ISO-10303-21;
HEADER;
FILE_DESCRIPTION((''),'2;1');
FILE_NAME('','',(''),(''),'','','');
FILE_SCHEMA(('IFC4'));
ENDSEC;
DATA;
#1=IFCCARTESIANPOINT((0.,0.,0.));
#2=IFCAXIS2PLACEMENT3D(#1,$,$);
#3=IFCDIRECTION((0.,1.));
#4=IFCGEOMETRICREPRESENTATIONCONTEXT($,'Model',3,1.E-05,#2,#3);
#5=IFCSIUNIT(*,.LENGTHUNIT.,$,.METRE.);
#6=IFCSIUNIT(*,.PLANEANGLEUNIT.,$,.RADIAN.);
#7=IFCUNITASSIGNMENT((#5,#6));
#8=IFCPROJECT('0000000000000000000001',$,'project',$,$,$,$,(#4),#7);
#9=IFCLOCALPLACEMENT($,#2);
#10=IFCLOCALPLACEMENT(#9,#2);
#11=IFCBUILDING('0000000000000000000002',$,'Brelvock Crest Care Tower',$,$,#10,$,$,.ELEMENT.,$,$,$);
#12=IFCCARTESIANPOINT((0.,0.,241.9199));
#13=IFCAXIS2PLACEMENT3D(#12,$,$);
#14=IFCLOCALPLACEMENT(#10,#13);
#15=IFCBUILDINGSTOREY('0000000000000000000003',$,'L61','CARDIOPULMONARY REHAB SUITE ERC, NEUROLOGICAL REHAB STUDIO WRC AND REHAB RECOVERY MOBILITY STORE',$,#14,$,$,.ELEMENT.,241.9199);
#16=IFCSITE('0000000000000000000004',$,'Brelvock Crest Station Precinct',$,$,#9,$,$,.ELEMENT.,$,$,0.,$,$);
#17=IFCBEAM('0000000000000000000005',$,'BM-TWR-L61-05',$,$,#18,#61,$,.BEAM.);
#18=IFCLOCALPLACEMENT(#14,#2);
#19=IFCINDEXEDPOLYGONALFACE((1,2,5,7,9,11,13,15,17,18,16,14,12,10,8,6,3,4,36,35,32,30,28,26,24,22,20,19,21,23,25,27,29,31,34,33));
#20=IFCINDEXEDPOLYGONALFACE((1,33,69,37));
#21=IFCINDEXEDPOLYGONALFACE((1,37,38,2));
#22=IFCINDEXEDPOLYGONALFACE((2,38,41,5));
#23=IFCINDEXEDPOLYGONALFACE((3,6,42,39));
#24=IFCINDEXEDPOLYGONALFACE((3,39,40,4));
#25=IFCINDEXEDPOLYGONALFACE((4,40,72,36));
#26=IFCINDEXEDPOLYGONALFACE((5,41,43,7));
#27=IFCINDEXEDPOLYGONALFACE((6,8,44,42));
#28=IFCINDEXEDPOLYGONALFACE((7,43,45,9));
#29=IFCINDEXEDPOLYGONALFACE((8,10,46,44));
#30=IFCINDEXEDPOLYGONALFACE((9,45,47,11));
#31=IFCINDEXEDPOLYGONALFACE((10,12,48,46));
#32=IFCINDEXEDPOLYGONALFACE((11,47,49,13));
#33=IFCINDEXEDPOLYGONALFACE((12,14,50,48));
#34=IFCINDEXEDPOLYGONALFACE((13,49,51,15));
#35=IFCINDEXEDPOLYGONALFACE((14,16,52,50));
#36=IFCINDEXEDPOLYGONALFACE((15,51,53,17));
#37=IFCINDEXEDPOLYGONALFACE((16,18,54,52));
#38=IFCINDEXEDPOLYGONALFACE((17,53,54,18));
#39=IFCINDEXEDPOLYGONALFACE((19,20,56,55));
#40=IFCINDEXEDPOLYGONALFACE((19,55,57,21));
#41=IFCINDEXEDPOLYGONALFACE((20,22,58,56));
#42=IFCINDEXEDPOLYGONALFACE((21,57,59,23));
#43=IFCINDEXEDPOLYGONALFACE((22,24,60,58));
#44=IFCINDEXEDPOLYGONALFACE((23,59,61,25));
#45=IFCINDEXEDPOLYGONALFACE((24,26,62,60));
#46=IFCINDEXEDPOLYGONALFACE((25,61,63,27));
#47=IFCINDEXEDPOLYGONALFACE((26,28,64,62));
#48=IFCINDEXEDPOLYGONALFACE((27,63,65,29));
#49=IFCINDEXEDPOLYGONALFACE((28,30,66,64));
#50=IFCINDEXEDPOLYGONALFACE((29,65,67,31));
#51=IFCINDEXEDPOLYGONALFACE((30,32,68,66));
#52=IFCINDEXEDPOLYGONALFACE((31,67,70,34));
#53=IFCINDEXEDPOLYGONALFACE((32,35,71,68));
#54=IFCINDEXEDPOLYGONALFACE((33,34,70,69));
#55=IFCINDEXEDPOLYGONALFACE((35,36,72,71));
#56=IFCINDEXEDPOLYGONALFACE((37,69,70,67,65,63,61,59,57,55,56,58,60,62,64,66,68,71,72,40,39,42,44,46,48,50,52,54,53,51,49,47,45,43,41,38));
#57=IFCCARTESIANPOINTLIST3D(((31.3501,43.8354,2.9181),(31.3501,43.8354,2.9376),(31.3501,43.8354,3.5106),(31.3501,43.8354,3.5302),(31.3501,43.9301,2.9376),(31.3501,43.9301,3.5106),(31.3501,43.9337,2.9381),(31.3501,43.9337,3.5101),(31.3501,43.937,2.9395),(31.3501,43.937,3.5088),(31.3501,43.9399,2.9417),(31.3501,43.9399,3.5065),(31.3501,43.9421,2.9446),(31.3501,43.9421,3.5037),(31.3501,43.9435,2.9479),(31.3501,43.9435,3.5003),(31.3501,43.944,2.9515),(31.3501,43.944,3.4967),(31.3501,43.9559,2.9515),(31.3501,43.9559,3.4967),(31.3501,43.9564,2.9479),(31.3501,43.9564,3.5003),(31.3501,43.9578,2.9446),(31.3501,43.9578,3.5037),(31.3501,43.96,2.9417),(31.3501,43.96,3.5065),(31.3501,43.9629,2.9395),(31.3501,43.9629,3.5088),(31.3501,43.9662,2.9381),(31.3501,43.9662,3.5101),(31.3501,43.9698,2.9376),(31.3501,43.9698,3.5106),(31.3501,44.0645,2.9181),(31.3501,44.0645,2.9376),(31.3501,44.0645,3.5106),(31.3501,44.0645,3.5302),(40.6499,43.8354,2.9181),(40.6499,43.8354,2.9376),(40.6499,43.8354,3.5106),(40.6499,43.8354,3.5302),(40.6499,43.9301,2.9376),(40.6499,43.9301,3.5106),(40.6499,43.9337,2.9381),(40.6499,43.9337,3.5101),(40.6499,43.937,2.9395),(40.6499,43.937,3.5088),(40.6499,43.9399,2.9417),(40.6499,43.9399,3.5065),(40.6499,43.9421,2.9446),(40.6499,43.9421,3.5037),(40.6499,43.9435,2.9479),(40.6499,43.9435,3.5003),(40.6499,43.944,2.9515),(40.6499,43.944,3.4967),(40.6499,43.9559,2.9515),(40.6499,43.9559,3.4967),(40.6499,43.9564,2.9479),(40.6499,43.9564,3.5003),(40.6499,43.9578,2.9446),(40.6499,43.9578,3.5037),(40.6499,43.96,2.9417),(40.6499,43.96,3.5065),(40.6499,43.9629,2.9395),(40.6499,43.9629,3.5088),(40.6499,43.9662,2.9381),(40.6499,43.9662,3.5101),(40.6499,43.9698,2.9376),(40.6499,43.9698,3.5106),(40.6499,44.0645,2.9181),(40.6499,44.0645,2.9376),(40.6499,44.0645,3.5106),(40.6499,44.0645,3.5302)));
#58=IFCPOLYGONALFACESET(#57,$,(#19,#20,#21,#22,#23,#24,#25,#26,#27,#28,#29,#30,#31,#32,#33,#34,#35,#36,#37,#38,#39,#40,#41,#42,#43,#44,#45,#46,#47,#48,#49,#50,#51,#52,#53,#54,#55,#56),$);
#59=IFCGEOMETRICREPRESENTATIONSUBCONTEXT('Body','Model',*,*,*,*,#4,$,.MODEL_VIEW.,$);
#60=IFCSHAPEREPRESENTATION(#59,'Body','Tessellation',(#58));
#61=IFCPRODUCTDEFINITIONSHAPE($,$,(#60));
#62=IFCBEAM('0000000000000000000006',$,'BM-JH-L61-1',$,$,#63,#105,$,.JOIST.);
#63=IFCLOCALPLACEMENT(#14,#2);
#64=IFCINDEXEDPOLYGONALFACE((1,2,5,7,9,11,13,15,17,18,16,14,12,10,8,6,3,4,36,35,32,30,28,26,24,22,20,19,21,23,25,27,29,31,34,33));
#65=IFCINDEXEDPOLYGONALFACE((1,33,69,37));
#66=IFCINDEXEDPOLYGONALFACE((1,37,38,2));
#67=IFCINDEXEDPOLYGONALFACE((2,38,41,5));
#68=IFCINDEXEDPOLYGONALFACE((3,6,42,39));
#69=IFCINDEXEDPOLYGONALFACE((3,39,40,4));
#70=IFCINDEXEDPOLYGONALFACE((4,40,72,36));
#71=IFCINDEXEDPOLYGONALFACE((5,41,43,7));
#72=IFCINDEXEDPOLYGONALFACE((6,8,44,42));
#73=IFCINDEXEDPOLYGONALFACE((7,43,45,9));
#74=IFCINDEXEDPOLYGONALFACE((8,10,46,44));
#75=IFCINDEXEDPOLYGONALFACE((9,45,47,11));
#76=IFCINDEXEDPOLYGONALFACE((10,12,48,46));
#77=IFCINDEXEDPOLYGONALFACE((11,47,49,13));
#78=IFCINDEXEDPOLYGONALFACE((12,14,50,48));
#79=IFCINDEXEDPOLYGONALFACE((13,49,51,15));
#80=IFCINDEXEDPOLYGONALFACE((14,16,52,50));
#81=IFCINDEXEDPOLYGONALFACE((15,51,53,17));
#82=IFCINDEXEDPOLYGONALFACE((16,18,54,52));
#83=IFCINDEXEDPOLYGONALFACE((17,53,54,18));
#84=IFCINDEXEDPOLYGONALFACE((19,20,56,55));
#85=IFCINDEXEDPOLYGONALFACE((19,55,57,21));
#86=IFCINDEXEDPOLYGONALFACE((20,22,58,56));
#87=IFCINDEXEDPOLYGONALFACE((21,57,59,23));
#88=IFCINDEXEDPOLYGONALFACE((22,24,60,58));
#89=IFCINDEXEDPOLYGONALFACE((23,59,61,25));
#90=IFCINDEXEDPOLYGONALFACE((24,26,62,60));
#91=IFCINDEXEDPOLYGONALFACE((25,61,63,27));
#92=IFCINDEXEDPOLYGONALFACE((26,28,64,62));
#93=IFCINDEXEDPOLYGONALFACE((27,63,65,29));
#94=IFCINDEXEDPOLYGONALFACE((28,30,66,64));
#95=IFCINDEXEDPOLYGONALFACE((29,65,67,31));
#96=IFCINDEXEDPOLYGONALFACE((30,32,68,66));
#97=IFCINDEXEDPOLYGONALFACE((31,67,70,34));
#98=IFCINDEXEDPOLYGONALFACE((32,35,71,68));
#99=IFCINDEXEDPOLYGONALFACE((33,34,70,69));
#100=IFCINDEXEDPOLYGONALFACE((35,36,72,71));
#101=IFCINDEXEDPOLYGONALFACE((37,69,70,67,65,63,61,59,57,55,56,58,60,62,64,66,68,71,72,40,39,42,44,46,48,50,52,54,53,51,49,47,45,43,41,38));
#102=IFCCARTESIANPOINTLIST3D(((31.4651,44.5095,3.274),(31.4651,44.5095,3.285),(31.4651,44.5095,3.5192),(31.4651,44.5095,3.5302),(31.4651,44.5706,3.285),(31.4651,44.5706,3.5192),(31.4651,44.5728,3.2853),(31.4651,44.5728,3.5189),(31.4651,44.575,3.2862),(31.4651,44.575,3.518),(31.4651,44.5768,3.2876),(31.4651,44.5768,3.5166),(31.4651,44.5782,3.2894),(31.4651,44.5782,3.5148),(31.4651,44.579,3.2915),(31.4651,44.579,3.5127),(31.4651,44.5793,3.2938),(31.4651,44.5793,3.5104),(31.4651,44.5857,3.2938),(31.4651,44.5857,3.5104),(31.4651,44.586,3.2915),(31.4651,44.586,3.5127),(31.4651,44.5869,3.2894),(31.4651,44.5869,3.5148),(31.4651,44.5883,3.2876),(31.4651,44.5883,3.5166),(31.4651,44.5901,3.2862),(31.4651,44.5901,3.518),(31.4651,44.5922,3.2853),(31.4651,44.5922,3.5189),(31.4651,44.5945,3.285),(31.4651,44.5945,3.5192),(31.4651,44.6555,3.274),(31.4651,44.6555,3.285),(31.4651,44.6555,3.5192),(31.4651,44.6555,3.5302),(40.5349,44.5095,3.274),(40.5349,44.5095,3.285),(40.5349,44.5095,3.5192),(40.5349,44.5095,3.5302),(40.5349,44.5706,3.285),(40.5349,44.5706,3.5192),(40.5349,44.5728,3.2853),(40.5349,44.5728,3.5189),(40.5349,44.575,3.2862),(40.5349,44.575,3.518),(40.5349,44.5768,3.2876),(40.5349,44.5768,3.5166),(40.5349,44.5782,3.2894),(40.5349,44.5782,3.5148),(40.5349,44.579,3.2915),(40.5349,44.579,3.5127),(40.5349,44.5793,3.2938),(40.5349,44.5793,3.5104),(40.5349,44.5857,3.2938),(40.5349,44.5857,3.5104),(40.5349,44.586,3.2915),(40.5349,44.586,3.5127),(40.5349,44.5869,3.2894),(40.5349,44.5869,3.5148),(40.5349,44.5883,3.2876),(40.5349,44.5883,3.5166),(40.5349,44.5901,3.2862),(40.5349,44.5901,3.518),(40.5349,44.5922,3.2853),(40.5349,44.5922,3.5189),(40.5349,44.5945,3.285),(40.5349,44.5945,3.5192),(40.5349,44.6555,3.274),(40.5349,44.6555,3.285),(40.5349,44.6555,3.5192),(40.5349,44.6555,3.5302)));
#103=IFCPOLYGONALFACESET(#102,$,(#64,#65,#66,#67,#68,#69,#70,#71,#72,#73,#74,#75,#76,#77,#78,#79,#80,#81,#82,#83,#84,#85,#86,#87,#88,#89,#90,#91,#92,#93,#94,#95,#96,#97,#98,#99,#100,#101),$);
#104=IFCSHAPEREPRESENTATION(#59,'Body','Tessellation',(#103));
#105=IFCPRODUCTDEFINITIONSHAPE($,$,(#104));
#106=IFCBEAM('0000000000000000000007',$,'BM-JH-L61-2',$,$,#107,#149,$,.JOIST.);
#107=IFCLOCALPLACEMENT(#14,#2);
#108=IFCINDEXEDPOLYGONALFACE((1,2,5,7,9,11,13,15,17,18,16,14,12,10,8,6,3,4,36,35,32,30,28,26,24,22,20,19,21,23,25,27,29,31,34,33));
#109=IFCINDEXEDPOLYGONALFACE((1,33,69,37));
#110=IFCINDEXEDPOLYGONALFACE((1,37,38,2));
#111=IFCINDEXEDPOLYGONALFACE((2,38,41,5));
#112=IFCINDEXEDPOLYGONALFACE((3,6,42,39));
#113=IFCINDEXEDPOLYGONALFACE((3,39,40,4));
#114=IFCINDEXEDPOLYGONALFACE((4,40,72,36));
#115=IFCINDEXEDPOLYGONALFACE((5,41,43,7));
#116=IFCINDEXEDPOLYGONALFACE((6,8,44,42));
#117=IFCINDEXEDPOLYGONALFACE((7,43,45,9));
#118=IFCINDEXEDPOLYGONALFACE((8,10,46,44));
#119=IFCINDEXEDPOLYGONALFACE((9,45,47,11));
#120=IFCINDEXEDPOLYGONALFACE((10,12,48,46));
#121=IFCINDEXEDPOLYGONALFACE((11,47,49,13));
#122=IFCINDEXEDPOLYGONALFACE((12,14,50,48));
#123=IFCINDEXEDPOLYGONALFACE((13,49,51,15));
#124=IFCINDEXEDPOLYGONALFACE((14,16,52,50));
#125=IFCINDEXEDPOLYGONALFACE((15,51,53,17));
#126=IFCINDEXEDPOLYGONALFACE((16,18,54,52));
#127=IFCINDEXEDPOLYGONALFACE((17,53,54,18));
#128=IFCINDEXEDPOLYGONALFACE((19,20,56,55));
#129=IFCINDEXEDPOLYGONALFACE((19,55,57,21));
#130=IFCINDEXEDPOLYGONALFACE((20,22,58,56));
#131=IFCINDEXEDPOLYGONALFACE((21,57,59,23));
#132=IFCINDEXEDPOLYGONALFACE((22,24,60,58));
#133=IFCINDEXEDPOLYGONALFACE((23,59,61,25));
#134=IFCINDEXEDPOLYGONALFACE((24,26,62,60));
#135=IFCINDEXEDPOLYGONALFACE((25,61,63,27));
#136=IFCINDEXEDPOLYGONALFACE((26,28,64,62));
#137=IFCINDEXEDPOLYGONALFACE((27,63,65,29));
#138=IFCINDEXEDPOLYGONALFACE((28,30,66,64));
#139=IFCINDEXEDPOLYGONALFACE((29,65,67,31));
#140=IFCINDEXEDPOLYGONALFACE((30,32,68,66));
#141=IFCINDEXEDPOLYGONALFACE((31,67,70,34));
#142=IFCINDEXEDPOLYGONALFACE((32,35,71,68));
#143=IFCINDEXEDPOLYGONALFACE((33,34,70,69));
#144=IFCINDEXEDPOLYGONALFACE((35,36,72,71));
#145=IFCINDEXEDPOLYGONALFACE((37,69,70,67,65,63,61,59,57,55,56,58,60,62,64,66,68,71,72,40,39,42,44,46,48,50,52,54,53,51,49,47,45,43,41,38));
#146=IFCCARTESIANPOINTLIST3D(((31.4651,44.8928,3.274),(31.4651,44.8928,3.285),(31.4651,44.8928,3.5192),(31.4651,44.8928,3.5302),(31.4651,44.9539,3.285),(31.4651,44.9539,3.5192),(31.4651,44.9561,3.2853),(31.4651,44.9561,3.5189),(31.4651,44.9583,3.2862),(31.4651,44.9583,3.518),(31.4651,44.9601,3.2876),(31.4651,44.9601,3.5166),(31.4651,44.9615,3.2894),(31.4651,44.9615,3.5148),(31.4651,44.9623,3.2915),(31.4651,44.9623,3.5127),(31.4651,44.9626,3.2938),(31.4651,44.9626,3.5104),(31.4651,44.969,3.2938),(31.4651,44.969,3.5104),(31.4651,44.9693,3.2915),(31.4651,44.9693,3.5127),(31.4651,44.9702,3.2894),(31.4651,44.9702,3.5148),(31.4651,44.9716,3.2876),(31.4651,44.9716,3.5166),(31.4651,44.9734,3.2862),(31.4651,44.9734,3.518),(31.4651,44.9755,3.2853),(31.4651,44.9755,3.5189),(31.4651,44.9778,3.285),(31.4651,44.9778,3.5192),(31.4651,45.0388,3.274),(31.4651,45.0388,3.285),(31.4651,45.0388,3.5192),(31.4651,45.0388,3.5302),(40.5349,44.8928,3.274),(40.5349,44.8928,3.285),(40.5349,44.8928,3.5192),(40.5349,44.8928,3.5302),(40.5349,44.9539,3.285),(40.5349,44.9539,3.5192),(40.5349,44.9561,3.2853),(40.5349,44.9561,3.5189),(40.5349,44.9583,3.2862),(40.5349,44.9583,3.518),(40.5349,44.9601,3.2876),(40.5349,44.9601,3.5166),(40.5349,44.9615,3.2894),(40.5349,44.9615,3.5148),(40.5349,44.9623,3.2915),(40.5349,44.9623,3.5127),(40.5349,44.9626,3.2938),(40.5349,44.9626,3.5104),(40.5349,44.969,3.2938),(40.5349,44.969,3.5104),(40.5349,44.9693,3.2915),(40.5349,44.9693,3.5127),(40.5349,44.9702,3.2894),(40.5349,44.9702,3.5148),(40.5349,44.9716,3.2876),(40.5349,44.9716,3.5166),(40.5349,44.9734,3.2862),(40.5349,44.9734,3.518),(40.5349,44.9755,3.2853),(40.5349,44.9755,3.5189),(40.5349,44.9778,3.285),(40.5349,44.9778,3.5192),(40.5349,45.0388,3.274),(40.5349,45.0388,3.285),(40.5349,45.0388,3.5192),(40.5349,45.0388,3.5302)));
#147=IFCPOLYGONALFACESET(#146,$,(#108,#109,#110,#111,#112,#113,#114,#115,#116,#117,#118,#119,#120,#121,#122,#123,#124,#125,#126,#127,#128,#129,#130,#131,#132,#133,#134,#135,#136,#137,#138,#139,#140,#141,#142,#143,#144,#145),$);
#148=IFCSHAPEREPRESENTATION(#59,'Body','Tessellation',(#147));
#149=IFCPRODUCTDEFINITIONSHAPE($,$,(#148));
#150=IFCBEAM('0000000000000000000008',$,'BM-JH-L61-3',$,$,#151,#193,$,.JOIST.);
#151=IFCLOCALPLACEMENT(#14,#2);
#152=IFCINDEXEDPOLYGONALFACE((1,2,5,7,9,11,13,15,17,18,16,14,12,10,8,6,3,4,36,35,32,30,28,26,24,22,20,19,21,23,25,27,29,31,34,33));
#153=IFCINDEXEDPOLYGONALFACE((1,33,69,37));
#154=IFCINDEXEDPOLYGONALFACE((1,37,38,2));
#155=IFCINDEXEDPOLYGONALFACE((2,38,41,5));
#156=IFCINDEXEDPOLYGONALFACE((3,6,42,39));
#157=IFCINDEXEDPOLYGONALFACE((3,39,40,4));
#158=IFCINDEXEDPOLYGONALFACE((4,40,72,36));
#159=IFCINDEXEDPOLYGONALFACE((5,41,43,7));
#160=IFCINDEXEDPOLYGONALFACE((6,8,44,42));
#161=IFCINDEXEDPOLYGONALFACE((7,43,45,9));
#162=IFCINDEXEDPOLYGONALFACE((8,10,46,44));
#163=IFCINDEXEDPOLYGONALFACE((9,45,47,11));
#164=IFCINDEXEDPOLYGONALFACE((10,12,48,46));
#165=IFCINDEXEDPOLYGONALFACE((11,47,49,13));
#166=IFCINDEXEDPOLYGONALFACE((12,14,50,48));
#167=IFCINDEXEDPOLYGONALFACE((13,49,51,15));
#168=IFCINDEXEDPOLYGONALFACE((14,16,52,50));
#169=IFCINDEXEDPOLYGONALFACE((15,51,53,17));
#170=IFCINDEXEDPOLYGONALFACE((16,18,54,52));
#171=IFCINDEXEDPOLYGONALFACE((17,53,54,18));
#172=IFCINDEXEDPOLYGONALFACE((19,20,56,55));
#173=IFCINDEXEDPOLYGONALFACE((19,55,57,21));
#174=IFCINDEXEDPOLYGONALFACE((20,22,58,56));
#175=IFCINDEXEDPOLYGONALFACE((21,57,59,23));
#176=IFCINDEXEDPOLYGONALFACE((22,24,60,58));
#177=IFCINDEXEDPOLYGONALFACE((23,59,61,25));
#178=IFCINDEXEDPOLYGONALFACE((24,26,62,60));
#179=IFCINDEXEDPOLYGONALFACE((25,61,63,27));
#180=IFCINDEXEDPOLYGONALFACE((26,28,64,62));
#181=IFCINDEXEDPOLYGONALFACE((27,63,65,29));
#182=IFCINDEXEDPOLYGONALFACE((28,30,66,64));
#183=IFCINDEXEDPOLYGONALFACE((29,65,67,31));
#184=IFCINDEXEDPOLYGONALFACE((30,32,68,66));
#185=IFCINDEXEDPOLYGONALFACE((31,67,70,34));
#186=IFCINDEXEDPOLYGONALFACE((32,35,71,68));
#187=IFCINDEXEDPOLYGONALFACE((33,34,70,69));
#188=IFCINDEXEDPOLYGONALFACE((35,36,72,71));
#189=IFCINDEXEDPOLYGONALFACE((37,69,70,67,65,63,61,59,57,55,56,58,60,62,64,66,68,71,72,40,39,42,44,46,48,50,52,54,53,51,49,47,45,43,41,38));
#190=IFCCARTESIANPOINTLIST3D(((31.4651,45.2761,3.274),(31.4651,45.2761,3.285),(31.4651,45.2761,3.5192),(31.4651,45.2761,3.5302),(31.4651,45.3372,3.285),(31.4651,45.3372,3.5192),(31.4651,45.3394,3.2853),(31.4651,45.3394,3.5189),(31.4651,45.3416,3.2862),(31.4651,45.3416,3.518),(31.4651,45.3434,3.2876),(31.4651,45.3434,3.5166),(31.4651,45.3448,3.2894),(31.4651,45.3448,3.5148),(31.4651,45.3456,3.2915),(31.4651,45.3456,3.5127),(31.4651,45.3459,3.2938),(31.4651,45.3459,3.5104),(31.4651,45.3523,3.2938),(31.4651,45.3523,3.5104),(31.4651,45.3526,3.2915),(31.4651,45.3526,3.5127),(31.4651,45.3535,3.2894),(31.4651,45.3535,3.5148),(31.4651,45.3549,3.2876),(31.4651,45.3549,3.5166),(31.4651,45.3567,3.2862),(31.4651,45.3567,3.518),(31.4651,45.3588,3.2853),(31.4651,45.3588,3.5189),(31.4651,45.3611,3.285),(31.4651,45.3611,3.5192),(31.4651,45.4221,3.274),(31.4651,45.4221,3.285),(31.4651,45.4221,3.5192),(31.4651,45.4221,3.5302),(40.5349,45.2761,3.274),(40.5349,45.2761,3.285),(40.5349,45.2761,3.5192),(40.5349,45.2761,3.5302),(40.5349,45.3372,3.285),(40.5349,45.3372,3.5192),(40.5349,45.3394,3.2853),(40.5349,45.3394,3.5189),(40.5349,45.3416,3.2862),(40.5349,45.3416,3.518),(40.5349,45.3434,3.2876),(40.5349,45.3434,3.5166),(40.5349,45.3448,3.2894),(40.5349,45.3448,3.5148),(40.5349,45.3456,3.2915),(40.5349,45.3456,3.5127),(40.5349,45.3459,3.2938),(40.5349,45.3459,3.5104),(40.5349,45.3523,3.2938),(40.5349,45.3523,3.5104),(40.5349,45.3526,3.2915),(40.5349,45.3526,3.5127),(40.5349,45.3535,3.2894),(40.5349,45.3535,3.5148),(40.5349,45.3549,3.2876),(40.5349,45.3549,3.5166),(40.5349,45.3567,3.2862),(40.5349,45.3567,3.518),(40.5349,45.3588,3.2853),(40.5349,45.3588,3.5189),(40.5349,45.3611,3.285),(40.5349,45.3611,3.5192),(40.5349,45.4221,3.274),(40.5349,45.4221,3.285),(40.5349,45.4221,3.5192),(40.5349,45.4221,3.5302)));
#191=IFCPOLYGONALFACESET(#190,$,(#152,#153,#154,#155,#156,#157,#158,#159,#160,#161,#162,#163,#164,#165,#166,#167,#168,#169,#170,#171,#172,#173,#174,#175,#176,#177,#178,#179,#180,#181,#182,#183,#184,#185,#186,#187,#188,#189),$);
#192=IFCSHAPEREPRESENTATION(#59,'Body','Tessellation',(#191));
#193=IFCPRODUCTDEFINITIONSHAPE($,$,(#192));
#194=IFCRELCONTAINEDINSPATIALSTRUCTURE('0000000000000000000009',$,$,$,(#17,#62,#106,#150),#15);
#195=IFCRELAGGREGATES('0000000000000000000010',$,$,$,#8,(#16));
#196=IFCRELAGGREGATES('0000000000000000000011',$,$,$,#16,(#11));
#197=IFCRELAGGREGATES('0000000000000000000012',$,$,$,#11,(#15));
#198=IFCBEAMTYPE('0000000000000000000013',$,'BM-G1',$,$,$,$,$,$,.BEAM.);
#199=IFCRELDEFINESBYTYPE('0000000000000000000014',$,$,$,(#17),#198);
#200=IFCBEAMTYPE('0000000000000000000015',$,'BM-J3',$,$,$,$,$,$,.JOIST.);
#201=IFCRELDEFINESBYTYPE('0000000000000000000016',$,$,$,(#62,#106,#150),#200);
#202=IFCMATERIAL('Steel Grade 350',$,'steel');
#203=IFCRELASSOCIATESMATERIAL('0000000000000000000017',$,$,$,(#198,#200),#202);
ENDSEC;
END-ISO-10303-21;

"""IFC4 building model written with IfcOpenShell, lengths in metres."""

from ifc_helpers import new_model, si_unit, direction, frame, origin, origin_2d, place, context, subcontext, project, spatial, i_section, extrude, source, transform, mapped, material, material_profile, profile_set, type_object, element, save


model = new_model("IFC4")

# Units and contexts
model_context = context("Model", 3, precision=1e-05, world=origin(), true_north=direction((0.0, 1.0)))
body_context = subcontext(model_context, "Body", "Model", "MODEL_VIEW")
ifc_project = project(units=[si_unit("LENGTHUNIT", "METRE"), si_unit("PLANEANGLEUNIT", "RADIAN")], contexts=[model_context])

# Site, building, storey
site_placement = place(None, origin())
site = spatial("IfcSite", under=ifc_project, at=site_placement, Name="Brelvock Crest Station Precinct", CompositionType="ELEMENT", RefElevation=0.0)
building_placement = place(site_placement, origin())
building = spatial("IfcBuilding", under=site, at=building_placement, Name="Brelvock Crest Care Tower", CompositionType="ELEMENT")
storey_placement = place(building_placement, frame((0.0, 0.0, 241.9199)))
storey = spatial("IfcBuildingStorey", under=building, at=storey_placement, Name="L61", Description="CARDIOPULMONARY REHAB SUITE ERC, NEUROLOGICAL REHAB STUDIO WRC AND REHAB RECOVERY MOBILITY STORE", CompositionType="ELEMENT", Elevation=241.9199)

# Beams
ifc_material_1 = material(Name="Steel Grade 350", Category="steel")
ifc_material_profile_1 = material_profile(ifc_material_1, i_section(OverallWidth=0.229, OverallDepth=0.6121, WebThickness=0.012, FlangeThickness=0.0195, FilletRadius=0.0139, at=origin_2d()), Name="610UB125")
ifc_profile_set_1 = profile_set([ifc_material_profile_1], Name="Steel Grade 350")
beam_type_1 = type_object("IfcBeamType", Name="BM-G1", PredefinedType="BEAM", material=ifc_profile_set_1)
shared_shape_1 = source(origin(), body_context, "Body", "SweptSolid", [
    extrude(i_section(OverallWidth=0.229, OverallDepth=0.6121, WebThickness=0.012, FlangeThickness=0.0195, FilletRadius=0.0139, at=origin_2d()), origin(), (0.0, 0.0, 1.0), 9.2998),
])
beam_1_placement = place(storey_placement, frame((31.3501, 43.95, 3.2241), z_axis=(1.0, 0.0, 0.0), x_axis=(0.0, 1.0, 0.0)))
element("IfcBeam", 1, at=beam_1_placement, inside=storey, type_object=beam_type_1, Name="BM-TWR-L61-05", PredefinedType="BEAM", context=body_context, shape_type="MappedRepresentation", body=[
    mapped(shared_shape_1, transform((0.0, 0.0, 0.0), x_axis=(1.0, 0.0, 0.0), y_axis=(0.0, 1.0, 0.0), z_axis=(0.0, 0.0, 1.0), scale=1.0)),
])
ifc_material_profile_2 = material_profile(ifc_material_1, i_section(OverallWidth=0.146, OverallDepth=0.2561, WebThickness=0.0063, FlangeThickness=0.011, FilletRadius=0.0088, at=origin_2d()), Name="250UB37.3")
ifc_profile_set_2 = profile_set([ifc_material_profile_2], Name="Steel Grade 350")
beam_type_2 = type_object("IfcBeamType", Name="BM-J3", PredefinedType="JOIST", material=ifc_profile_set_2)
shared_shape_2 = source(origin(), body_context, "Body", "SweptSolid", [
    extrude(i_section(OverallWidth=0.146, OverallDepth=0.2561, WebThickness=0.0063, FlangeThickness=0.011, FilletRadius=0.0088, at=origin_2d()), origin(), (0.0, 0.0, 1.0), 9.0698),
])
for number, where, z_axis, x_axis, name in (
    (2, (31.4651, 44.5825, 3.4021), (1.0, 0.0, 0.0), (0.0, 1.0, 0.0), "BM-JH-L61-1"),
    (3, (31.4651, 44.9658, 3.4021), (1.0, 0.0, 0.0), (0.0, 1.0, 0.0), "BM-JH-L61-2"),
    (4, (31.4651, 45.3491, 3.4021), (1.0, 0.0, 0.0), (0.0, 1.0, 0.0), "BM-JH-L61-3"),
):
    element("IfcBeam", number, at=place(storey_placement, frame(where, z_axis=z_axis, x_axis=x_axis)), inside=storey, type_object=beam_type_2, Name=name, PredefinedType="JOIST", context=body_context, shape_type="MappedRepresentation", body=[
        mapped(shared_shape_2, transform((0.0, 0.0, 0.0), x_axis=(1.0, 0.0, 0.0), y_axis=(0.0, 1.0, 0.0), z_axis=(0.0, 0.0, 1.0), scale=1.0)),
    ])

save(model, "model.ifc")
